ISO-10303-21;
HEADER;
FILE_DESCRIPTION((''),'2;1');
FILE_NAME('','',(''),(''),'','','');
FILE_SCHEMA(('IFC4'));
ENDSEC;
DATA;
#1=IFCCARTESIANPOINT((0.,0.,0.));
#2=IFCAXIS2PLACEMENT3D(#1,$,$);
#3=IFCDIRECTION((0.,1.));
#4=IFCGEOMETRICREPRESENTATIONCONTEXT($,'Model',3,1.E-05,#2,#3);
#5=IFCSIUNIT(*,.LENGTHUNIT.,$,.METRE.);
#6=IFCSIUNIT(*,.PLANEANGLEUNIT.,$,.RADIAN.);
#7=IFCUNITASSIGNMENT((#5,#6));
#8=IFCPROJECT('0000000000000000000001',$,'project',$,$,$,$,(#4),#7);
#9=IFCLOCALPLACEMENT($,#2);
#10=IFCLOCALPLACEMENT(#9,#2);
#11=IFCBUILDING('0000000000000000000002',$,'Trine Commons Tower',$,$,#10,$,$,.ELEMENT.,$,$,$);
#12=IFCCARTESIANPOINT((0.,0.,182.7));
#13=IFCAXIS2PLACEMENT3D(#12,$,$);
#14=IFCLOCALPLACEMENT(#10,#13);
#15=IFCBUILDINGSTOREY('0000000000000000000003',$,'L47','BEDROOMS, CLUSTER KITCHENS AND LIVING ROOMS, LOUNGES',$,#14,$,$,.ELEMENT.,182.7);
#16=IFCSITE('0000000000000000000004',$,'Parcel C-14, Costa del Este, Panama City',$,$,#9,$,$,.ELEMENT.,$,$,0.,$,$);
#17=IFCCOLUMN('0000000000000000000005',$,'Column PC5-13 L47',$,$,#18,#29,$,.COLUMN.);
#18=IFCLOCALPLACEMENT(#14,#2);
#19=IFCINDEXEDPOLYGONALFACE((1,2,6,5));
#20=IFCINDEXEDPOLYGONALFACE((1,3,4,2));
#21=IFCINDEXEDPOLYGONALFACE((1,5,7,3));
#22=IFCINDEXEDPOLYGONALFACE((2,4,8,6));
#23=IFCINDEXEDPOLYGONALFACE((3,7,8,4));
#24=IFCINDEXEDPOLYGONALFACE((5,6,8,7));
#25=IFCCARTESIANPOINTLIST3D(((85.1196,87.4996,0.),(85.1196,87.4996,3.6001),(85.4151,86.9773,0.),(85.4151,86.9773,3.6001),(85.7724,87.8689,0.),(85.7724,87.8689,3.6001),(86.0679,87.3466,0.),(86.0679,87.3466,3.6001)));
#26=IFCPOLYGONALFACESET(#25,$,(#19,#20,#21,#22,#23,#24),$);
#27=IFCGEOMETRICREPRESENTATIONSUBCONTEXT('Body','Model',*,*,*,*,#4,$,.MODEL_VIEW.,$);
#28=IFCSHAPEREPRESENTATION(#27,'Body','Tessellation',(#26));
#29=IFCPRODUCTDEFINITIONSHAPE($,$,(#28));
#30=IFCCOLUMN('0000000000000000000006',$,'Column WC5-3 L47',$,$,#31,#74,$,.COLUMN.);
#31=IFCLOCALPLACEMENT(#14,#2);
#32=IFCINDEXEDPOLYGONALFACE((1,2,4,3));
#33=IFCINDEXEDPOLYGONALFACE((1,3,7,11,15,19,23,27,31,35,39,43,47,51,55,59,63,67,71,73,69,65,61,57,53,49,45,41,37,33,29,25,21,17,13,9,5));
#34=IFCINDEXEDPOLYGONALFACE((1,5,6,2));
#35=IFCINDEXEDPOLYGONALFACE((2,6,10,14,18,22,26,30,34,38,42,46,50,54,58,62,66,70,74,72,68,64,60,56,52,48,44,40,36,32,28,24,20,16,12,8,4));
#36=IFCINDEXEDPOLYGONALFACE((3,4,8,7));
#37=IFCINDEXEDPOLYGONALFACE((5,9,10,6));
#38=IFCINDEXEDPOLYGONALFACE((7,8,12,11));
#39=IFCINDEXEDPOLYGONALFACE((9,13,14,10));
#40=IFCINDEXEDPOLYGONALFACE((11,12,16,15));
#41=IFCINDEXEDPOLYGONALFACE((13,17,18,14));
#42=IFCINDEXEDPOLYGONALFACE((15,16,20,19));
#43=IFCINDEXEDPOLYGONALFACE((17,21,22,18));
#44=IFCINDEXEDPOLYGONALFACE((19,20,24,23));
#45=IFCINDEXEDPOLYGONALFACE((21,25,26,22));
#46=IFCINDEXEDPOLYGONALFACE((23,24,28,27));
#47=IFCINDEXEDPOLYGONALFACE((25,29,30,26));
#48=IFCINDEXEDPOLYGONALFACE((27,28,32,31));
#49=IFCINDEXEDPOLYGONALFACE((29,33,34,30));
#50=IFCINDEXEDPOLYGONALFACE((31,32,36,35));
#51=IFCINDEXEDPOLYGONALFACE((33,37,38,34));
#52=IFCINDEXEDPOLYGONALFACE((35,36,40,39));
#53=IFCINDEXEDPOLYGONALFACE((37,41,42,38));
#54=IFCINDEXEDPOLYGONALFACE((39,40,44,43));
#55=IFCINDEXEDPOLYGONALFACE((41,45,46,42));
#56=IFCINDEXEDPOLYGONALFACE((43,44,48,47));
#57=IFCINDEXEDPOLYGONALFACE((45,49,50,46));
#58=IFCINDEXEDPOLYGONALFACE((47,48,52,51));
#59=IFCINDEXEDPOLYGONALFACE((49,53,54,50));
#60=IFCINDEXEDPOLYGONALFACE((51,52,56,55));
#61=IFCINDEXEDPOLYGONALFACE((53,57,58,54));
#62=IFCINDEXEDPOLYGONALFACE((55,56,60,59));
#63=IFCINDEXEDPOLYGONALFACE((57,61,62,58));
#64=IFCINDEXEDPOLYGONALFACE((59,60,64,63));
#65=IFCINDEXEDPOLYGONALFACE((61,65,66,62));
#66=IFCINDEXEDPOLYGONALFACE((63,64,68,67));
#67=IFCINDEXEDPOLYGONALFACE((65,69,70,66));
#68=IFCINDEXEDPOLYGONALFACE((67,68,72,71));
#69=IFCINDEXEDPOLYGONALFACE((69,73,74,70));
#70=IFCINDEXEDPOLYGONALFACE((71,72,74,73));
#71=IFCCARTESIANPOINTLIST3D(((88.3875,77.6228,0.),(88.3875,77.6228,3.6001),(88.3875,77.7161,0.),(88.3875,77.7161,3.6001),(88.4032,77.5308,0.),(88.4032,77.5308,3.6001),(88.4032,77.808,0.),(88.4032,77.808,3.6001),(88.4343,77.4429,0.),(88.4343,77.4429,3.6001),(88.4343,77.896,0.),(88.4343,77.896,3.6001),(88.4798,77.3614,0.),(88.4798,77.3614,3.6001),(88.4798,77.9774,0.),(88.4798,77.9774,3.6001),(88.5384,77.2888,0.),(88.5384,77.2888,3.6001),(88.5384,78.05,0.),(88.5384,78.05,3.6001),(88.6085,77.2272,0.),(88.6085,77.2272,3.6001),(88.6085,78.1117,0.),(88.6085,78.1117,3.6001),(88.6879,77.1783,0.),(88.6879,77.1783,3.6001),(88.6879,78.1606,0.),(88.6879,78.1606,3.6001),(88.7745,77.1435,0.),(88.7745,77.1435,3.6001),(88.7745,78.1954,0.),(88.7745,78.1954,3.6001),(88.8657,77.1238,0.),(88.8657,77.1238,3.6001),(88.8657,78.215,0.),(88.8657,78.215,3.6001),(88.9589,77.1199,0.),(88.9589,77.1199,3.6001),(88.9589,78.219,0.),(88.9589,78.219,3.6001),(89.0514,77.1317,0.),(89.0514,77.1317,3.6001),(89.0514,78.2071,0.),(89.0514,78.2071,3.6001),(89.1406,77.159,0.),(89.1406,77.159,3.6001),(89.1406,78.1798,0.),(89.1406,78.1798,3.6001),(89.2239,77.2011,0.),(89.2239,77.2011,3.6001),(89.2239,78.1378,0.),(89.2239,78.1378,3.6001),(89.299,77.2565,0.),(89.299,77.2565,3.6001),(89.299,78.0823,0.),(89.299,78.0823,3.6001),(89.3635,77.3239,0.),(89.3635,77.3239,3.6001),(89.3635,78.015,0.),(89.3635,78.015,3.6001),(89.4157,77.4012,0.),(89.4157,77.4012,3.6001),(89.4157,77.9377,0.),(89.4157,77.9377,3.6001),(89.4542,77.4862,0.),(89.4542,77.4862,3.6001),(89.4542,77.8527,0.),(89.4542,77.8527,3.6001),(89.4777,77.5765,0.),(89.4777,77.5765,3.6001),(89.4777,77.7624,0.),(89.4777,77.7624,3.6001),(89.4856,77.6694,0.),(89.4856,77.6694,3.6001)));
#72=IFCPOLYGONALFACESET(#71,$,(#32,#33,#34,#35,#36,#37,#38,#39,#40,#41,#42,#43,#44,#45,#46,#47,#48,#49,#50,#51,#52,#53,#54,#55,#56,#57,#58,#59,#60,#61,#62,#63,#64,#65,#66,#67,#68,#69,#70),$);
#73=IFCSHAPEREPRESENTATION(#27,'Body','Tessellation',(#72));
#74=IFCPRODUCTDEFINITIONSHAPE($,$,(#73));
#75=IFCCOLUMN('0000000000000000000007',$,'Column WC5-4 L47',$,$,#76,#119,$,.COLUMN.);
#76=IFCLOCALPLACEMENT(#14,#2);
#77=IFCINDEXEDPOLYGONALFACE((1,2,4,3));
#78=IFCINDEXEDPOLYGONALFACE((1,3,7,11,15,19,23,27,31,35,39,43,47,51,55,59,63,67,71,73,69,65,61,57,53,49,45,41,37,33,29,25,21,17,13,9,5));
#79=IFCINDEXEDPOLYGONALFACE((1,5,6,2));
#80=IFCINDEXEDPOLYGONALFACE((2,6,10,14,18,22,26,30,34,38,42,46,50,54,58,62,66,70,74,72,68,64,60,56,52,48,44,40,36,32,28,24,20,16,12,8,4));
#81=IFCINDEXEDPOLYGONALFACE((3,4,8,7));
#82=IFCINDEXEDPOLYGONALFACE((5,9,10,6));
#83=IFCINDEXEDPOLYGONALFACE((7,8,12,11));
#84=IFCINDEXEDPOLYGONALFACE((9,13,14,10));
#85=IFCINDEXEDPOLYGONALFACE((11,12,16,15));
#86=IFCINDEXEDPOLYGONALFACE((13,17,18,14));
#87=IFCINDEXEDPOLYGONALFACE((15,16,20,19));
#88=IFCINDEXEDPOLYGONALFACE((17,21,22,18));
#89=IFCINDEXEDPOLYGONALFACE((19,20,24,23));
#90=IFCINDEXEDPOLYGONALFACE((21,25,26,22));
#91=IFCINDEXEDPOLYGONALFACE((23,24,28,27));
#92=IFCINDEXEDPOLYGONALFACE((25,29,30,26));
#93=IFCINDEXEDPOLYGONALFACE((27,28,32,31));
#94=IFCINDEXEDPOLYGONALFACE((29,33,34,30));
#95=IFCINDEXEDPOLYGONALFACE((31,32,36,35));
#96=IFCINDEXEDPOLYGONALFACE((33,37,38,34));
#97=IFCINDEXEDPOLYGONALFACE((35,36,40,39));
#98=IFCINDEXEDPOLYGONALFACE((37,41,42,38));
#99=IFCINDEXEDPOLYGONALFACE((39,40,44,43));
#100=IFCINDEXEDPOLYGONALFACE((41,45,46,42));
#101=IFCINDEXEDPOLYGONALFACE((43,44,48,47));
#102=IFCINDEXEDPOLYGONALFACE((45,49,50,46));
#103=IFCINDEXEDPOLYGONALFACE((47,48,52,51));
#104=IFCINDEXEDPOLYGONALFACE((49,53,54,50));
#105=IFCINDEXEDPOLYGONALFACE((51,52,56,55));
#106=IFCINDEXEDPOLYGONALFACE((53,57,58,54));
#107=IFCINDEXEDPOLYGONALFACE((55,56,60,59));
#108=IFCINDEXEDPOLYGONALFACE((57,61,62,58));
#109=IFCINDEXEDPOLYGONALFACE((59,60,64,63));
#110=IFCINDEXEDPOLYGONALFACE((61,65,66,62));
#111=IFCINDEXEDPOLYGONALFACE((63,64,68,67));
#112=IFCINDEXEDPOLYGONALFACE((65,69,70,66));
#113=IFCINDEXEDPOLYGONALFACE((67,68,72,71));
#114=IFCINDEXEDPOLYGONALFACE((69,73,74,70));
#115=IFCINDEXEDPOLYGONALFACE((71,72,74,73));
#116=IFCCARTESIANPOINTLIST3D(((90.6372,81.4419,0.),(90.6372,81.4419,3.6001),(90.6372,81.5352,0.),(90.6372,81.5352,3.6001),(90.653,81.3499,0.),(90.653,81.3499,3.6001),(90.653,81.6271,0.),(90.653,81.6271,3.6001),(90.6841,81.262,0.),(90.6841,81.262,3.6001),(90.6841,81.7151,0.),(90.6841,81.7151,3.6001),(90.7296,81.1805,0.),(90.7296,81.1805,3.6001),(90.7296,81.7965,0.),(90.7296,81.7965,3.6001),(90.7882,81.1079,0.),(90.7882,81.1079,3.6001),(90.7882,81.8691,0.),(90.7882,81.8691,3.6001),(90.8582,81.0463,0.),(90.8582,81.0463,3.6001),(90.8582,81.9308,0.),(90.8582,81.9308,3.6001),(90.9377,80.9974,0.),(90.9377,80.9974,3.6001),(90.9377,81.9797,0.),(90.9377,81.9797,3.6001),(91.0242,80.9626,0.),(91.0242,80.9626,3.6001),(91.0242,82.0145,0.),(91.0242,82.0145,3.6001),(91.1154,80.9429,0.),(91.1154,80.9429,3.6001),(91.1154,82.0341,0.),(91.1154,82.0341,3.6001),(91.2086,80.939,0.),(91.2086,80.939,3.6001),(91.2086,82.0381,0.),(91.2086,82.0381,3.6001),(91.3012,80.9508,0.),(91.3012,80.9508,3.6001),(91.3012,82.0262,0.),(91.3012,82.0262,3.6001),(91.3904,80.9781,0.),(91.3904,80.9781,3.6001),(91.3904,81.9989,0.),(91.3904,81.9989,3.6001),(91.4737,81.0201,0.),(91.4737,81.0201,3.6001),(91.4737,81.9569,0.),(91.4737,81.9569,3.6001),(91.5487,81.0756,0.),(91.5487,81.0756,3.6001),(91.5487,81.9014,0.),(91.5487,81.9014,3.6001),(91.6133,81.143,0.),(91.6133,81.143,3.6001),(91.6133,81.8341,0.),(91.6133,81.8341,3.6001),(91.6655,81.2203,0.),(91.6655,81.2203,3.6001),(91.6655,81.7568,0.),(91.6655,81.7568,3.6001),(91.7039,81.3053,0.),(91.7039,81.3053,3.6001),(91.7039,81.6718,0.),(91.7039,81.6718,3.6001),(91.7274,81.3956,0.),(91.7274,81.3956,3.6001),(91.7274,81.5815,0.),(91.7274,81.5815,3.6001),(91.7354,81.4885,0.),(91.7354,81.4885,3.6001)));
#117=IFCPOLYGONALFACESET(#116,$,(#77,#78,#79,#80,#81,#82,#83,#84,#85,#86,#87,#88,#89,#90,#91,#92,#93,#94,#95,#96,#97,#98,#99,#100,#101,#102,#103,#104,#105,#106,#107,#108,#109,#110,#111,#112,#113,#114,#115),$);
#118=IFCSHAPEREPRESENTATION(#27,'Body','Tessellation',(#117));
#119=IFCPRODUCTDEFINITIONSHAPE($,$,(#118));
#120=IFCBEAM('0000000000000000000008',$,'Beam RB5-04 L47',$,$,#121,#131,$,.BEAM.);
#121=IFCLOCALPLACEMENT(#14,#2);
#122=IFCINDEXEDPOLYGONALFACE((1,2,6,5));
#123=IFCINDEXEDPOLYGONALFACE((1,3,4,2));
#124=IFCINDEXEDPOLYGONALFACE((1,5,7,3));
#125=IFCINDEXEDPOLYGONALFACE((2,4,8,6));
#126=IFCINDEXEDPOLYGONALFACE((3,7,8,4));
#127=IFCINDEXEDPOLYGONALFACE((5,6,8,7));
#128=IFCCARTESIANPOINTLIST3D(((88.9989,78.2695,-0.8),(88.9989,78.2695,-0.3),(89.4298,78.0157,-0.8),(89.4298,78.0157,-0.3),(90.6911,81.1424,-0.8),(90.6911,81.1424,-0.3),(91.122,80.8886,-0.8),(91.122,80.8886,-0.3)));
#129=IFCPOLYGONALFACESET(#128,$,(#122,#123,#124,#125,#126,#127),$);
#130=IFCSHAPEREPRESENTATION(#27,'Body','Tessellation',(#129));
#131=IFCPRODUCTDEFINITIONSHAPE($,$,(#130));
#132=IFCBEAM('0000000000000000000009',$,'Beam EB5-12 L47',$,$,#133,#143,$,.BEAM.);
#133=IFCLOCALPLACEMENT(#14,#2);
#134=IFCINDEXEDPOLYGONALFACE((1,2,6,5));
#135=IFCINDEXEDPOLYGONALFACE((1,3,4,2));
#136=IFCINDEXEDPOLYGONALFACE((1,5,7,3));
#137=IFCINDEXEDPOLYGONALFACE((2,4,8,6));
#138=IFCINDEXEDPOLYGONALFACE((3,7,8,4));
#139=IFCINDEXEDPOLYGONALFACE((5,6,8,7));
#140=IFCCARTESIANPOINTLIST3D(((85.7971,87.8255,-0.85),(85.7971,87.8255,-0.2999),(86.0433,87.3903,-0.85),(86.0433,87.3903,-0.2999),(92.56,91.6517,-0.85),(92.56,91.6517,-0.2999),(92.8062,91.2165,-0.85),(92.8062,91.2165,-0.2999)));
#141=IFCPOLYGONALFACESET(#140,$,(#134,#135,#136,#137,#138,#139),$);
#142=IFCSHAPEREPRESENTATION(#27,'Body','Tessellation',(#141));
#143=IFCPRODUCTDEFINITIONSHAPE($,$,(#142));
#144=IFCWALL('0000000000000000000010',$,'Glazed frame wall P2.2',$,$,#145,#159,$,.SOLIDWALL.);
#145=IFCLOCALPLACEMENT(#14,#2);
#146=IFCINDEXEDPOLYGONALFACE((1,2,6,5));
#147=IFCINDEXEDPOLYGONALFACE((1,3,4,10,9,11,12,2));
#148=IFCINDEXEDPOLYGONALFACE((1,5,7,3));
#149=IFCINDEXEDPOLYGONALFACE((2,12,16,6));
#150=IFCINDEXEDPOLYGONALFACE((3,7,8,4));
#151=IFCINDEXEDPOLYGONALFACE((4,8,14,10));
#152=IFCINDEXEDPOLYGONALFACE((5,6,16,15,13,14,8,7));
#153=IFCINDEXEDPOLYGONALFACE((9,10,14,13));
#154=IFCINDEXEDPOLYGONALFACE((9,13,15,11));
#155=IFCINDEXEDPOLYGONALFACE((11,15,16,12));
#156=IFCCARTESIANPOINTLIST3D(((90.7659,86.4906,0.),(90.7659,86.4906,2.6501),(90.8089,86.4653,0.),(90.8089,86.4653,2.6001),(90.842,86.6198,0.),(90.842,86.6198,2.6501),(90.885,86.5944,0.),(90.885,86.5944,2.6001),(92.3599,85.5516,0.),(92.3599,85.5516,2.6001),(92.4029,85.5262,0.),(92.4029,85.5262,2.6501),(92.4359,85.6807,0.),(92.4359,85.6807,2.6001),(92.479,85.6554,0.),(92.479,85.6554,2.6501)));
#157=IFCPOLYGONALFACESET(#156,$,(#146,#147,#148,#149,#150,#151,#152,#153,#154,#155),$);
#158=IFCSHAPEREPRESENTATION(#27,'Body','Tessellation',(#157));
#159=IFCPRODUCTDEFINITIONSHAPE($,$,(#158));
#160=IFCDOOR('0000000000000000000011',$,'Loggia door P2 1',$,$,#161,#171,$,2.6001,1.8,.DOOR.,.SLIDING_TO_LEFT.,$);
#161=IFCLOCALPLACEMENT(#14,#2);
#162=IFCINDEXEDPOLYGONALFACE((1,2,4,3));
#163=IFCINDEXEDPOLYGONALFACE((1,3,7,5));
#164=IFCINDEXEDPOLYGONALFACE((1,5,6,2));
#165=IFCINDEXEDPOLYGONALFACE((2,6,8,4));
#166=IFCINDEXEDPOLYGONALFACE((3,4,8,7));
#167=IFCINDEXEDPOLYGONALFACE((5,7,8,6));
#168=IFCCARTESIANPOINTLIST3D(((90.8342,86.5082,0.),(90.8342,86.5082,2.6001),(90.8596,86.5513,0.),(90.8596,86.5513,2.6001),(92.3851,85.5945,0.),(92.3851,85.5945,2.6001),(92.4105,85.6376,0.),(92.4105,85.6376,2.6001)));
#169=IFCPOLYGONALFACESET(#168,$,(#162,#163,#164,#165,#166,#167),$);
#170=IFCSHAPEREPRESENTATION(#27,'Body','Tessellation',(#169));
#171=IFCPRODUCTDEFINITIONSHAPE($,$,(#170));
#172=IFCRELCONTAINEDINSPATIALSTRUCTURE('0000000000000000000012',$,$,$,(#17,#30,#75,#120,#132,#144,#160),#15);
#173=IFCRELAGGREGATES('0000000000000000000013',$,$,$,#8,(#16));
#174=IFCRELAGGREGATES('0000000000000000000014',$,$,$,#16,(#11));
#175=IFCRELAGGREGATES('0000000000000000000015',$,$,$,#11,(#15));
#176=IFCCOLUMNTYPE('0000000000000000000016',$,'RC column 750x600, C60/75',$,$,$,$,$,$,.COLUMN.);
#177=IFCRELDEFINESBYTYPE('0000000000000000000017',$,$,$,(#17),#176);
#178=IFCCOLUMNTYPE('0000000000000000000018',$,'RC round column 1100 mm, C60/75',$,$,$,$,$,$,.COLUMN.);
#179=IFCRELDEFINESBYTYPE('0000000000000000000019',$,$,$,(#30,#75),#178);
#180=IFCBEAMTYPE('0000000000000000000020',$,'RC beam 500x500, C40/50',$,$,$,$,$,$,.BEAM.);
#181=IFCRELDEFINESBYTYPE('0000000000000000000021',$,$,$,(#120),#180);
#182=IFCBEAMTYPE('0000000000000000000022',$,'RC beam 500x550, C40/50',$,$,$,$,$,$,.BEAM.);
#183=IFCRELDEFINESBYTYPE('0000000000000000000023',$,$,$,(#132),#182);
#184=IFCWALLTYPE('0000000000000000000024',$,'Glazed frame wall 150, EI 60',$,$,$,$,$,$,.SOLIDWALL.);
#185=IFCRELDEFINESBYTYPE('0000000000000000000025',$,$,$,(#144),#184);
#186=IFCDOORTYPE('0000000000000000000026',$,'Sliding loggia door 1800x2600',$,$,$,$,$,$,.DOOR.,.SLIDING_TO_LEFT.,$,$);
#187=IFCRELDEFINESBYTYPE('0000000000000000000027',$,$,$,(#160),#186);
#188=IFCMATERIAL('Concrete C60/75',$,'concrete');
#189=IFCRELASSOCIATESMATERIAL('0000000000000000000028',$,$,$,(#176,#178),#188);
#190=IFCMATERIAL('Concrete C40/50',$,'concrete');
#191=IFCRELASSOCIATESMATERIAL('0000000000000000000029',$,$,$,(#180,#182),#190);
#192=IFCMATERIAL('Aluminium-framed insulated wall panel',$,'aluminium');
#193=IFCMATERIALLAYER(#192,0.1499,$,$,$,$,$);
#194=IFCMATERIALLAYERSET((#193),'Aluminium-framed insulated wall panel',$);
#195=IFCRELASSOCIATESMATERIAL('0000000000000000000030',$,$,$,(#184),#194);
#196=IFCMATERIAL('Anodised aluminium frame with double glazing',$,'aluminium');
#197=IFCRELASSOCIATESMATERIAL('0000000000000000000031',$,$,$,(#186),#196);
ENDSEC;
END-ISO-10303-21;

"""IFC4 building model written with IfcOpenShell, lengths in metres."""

from ifc_helpers import new_model, si_unit, direction, frame, frame_2d, origin, origin_2d, place, context, subcontext, project, spatial, polyline, rectangle, circle, outline, extrude, material, layer, layer_set, material_profile, profile_set, type_object, element, fill, save


model = new_model("IFC4")

# Units and contexts
model_context = context("Model", 3, precision=1e-05, world=origin(), true_north=direction((0.0, 1.0)))
body_context = subcontext(model_context, "Body", "Model", "MODEL_VIEW")
ifc_project = project(units=[si_unit("LENGTHUNIT", "METRE"), si_unit("PLANEANGLEUNIT", "RADIAN")], contexts=[model_context])

# Site, building, storey
site_placement = place(None, origin())
site = spatial("IfcSite", under=ifc_project, at=site_placement, Name="Parcel C-14, Costa del Este, Panama City", CompositionType="ELEMENT", RefElevation=0.0)
building_placement = place(site_placement, origin())
building = spatial("IfcBuilding", under=site, at=building_placement, Name="Trine Commons Tower", CompositionType="ELEMENT")
storey_placement = place(building_placement, frame((0.0, 0.0, 182.7)))
storey = spatial("IfcBuildingStorey", under=building, at=storey_placement, Name="L47", Description="BEDROOMS, CLUSTER KITCHENS AND LIVING ROOMS, LOUNGES", CompositionType="ELEMENT", Elevation=182.7)

# Columns
ifc_material_1 = material(Name="Concrete C60/75", Category="concrete")
ifc_material_profile_1 = material_profile(ifc_material_1, rectangle(XDim=0.75, YDim=0.6001, at=origin_2d()), Name="RC 750x600")
ifc_profile_set_1 = profile_set([ifc_material_profile_1], Name="Concrete C60/75")
column_type_1 = type_object("IfcColumnType", Name="RC column 750x600, C60/75", PredefinedType="COLUMN", material=ifc_profile_set_1)
column_placement = place(storey_placement, frame((85.5938, 87.4231, 0.0), z_axis=(0.0, 0.0, 1.0), x_axis=(0.870356, 0.492424, 0.0)))
element("IfcColumn", 1, at=column_placement, inside=storey, type_object=column_type_1, Name="Column PC5-13 L47", PredefinedType="COLUMN", context=body_context, shape_type="SweptSolid", body=[
    extrude(rectangle(XDim=0.75, YDim=0.6001, at=origin_2d()), origin(), (0.0, 0.0, 1.0), 3.6001),
])
ifc_material_profile_2 = material_profile(ifc_material_1, circle(Radius=0.55, at=origin_2d()), Name="RC round 1100")
ifc_profile_set_2 = profile_set([ifc_material_profile_2], Name="Concrete C60/75")
column_type_2 = type_object("IfcColumnType", Name="RC round column 1100 mm, C60/75", PredefinedType="COLUMN", material=ifc_profile_set_2)
for number, where, z_axis, x_axis, name in (
    (2, (88.9355, 77.6694, 0.0), (0.0, 0.0, 1.0), (1.0, 0.0, 0.0), "Column WC5-3 L47"),
    (3, (91.1853, 81.4885, 0.0), (0.0, 0.0, 1.0), (1.0, 0.0, 0.0), "Column WC5-4 L47"),
):
    element("IfcColumn", number, at=place(storey_placement, frame(where, z_axis=z_axis, x_axis=x_axis)), inside=storey, type_object=column_type_2, Name=name, PredefinedType="COLUMN", context=body_context, shape_type="SweptSolid", body=[
        extrude(circle(Radius=0.55, at=origin_2d()), origin(), (0.0, 0.0, 1.0), 3.6001),
    ])

# Beams
ifc_material_2 = material(Name="Concrete C40/50", Category="concrete")
ifc_material_profile_3 = material_profile(ifc_material_2, rectangle(XDim=0.5, YDim=0.5, at=origin_2d()), Name="RC 500x500")
ifc_profile_set_3 = profile_set([ifc_material_profile_3], Name="Concrete C40/50")
beam_type_1 = type_object("IfcBeamType", Name="RC beam 500x500, C40/50", PredefinedType="BEAM", material=ifc_profile_set_3)
beam_1_placement = place(storey_placement, frame((89.2144, 78.1426, -0.55), z_axis=(0.507522, 0.861639, 0.0), x_axis=(-0.861639, 0.507522, 0.0)))
element("IfcBeam", 4, at=beam_1_placement, inside=storey, type_object=beam_type_1, Name="Beam RB5-04 L47", PredefinedType="BEAM", context=body_context, shape_type="SweptSolid", body=[
    extrude(rectangle(XDim=0.5, YDim=0.5, at=origin_2d()), origin(), (0.0, 0.0, 1.0), 3.3342),
])
ifc_material_profile_4 = material_profile(ifc_material_2, rectangle(XDim=0.5, YDim=0.55, at=origin_2d()), Name="RC 500x550")
ifc_profile_set_4 = profile_set([ifc_material_profile_4], Name="Concrete C40/50")
beam_type_2 = type_object("IfcBeamType", Name="RC beam 500x550, C40/50", PredefinedType="BEAM", material=ifc_profile_set_4)
beam_2_placement = place(storey_placement, frame((85.9202, 87.6079, -0.575), z_axis=(0.870362, 0.492412, 0.0), x_axis=(-0.492412, 0.870362, 0.0)))
element("IfcBeam", 5, at=beam_2_placement, inside=storey, type_object=beam_type_2, Name="Beam EB5-12 L47", PredefinedType="BEAM", context=body_context, shape_type="SweptSolid", body=[
    extrude(rectangle(XDim=0.5, YDim=0.55, at=origin_2d()), origin(), (0.0, 0.0, 1.0), 7.7703),
])

# Shared definitions
ifc_material_3 = material(Name="Aluminium-framed insulated wall panel", Category="aluminium")
ifc_layer_1 = layer(ifc_material_3, 0.1499)
ifc_layer_set_1 = layer_set([ifc_layer_1], Name="Aluminium-framed insulated wall panel")
wall_type_1 = type_object("IfcWallType", Name="Glazed frame wall 150, EI 60", PredefinedType="SOLIDWALL", material=ifc_layer_set_1)

# Wall, opening, door
wall_1_placement = place(storey_placement, frame((90.804, 86.5552, 0.0), z_axis=(0.0, 0.0, 1.0), x_axis=(0.861604, -0.507582, 0.0)))
wall_1 = element("IfcWall", 6, at=wall_1_placement, inside=storey, type_object=wall_type_1, Name="Glazed frame wall P2.2", PredefinedType="SOLIDWALL", context=body_context, shape_type="SweptSolid", body=[
    extrude(outline(polyline([(0.0, -0.075), (1.8999, -0.075), (1.8999, 0.075), (0.0, 0.075), (0.0, -0.075)])), origin(), (0.0, 0.0, 1.0), 2.6501),
])
opening_1_placement = place(wall_1_placement, frame((0.05, 0.0, 0.0)))
opening_1 = element("IfcOpeningElement", 7, at=opening_1_placement, cuts=wall_1, PredefinedType="OPENING", context=body_context, shape_type="SweptSolid", body=[
    extrude(rectangle(XDim=1.8, YDim=2.6001, at=frame_2d((0.8999, 1.3))), frame((0.0, 0.085, 0.0), z_axis=(0.0, -1.0, 0.0), x_axis=(1.0, 0.0, 0.0)), (0.0, 0.0, 1.0), 0.1699),
])
ifc_material_4 = material(Name="Anodised aluminium frame with double glazing", Category="aluminium")
door_type_1 = type_object("IfcDoorType", Name="Sliding loggia door 1800x2600", OperationType="SLIDING_TO_LEFT", PredefinedType="DOOR", material=ifc_material_4)
door_1_placement = place(opening_1_placement, origin())
door_1 = element("IfcDoor", 8, at=door_1_placement, inside=storey, type_object=door_type_1, Name="Loggia door P2 1", OperationType="SLIDING_TO_LEFT", OverallHeight=2.6001, OverallWidth=1.8, PredefinedType="DOOR", context=body_context, shape_type="SweptSolid", body=[
    extrude(rectangle(XDim=1.8, YDim=2.6001, at=frame_2d((0.8999, 1.3))), frame((0.0, 0.0249, 0.0), z_axis=(0.0, -1.0, 0.0), x_axis=(1.0, 0.0, 0.0)), (0.0, 0.0, 1.0), 0.05),
])
fill(opening_1, door_1)

save(model, "model.ifc")
